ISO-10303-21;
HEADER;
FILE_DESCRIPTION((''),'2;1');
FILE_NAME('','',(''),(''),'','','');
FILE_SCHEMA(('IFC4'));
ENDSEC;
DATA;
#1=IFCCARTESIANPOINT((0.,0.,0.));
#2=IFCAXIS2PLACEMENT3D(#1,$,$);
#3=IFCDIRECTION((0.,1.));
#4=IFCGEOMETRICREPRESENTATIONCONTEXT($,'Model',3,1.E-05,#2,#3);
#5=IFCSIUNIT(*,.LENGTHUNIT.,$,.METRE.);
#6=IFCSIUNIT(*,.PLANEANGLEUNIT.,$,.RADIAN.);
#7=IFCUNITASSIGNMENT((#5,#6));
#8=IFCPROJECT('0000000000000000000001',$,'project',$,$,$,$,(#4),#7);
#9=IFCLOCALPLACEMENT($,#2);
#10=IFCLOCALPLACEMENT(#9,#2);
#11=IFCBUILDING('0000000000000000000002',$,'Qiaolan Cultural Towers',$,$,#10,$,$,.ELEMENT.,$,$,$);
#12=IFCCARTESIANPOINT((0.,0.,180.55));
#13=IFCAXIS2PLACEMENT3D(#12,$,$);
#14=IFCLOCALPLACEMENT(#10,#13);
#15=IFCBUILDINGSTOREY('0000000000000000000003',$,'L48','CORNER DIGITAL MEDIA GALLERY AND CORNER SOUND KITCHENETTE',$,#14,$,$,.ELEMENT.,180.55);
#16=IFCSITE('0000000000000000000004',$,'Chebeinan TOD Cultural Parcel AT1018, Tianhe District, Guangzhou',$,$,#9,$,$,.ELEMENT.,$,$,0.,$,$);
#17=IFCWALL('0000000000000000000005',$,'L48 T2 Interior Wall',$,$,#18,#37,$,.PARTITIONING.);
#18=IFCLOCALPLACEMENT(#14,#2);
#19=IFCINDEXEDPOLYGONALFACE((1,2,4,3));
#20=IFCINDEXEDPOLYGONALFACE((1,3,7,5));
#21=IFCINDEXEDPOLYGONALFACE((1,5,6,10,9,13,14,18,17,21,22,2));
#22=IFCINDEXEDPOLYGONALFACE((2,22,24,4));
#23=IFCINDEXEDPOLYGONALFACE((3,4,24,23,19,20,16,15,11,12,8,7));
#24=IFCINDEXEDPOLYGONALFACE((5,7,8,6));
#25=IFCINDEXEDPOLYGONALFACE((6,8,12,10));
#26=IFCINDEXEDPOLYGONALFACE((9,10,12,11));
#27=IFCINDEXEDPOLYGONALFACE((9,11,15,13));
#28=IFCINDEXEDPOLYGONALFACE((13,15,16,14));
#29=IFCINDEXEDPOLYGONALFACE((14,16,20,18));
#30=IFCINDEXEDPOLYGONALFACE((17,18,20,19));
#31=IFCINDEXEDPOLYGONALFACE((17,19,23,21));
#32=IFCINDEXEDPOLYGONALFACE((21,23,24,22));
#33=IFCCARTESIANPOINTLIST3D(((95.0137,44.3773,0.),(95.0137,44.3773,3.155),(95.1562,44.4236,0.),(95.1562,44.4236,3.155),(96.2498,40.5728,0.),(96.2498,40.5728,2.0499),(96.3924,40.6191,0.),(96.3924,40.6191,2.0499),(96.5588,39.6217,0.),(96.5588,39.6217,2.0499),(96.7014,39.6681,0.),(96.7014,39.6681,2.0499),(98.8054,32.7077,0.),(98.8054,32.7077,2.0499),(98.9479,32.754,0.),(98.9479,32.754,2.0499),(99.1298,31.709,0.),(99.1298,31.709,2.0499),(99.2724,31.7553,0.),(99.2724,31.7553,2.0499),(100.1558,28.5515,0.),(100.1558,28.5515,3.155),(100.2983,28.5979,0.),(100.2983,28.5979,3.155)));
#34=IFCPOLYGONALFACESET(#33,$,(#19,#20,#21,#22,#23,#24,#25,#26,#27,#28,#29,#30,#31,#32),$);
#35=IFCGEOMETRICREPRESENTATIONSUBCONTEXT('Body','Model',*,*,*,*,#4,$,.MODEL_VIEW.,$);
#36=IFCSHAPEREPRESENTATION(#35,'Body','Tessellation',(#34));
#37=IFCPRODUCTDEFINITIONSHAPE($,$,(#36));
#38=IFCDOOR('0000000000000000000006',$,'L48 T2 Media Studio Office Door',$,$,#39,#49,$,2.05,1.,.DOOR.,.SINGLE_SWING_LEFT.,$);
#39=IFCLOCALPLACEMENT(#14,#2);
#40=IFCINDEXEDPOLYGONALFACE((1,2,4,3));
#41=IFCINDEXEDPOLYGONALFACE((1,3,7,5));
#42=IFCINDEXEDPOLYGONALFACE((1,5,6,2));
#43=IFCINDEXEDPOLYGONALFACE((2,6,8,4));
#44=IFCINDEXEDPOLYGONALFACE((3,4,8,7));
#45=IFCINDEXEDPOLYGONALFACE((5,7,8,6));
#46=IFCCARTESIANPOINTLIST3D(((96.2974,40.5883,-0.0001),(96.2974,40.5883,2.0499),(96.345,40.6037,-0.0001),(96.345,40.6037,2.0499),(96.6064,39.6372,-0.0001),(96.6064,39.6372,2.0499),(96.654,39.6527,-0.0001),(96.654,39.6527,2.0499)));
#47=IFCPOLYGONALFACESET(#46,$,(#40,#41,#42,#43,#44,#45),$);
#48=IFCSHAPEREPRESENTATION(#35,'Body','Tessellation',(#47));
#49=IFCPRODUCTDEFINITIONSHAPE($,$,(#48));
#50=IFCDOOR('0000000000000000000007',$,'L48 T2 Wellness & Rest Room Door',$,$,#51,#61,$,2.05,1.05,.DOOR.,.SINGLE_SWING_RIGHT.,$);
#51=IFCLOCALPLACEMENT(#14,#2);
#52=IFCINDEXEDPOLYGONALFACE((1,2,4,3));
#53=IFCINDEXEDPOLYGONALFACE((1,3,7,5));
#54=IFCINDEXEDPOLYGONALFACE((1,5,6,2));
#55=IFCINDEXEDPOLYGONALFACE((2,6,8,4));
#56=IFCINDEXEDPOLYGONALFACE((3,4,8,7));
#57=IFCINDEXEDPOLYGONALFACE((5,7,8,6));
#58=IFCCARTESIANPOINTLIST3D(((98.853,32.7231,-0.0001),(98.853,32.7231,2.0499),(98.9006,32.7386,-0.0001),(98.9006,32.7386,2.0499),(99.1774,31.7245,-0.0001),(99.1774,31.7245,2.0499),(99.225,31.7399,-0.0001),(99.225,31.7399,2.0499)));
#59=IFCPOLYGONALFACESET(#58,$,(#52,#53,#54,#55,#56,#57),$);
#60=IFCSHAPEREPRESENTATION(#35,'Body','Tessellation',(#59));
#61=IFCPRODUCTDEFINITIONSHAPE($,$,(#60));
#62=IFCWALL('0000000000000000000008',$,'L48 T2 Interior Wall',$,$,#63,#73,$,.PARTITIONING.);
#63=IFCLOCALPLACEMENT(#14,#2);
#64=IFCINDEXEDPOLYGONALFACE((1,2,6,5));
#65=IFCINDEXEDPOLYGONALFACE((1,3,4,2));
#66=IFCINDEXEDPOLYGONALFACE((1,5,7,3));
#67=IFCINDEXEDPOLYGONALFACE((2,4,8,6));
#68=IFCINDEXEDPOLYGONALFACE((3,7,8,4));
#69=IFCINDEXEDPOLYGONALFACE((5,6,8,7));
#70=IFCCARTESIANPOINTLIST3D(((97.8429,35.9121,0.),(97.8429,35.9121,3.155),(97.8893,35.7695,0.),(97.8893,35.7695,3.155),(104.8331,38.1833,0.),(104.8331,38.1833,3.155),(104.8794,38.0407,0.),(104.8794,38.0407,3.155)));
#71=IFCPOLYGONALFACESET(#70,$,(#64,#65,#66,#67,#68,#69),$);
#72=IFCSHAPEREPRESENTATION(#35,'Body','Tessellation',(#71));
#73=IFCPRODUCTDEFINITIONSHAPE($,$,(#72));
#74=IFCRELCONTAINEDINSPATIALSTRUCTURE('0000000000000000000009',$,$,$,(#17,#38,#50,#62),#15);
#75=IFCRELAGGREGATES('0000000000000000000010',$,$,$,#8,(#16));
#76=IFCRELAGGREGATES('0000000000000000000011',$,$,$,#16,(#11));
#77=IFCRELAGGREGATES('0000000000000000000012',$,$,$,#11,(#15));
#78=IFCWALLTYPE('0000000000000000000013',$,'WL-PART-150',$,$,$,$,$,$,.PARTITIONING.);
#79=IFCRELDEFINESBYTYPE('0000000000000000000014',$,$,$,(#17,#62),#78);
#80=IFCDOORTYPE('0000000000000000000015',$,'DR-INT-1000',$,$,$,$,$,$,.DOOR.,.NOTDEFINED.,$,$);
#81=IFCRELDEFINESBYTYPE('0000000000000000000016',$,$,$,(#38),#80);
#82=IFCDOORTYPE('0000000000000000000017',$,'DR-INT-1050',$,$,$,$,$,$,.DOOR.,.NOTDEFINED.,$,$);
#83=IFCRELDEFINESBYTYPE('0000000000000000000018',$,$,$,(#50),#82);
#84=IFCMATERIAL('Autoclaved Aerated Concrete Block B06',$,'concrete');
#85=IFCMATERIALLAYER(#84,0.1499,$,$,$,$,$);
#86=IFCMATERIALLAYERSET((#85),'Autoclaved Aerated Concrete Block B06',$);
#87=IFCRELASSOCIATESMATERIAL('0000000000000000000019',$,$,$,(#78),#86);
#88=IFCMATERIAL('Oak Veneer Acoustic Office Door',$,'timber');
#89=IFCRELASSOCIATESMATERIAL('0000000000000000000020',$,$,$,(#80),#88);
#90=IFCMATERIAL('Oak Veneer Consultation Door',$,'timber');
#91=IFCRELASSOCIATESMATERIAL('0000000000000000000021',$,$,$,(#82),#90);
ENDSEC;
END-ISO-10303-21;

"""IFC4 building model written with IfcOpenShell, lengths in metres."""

from ifc_helpers import new_model, si_unit, direction, frame, frame_2d, origin, place, context, subcontext, project, spatial, rectangle, extrude, material, layer, layer_set, type_object, element, fill, save


model = new_model("IFC4")

# Units and contexts
model_context = context("Model", 3, precision=1e-05, world=origin(), true_north=direction((0.0, 1.0)))
body_context = subcontext(model_context, "Body", "Model", "MODEL_VIEW")
ifc_project = project(units=[si_unit("LENGTHUNIT", "METRE"), si_unit("PLANEANGLEUNIT", "RADIAN")], contexts=[model_context])

# Site, building, storey
site_placement = place(None, origin())
site = spatial("IfcSite", under=ifc_project, at=site_placement, Name="Chebeinan TOD Cultural Parcel AT1018, Tianhe District, Guangzhou", CompositionType="ELEMENT", RefElevation=0.0)
building_placement = place(site_placement, origin())
building = spatial("IfcBuilding", under=site, at=building_placement, Name="Qiaolan Cultural Towers", CompositionType="ELEMENT")
storey_placement = place(building_placement, frame((0.0, 0.0, 180.55)))
storey = spatial("IfcBuildingStorey", under=building, at=storey_placement, Name="L48", Description="CORNER DIGITAL MEDIA GALLERY AND CORNER SOUND KITCHENETTE", CompositionType="ELEMENT", Elevation=180.55)

# Shared definitions
ifc_material_1 = material(Name="Autoclaved Aerated Concrete Block B06", Category="concrete")
ifc_layer_1 = layer(ifc_material_1, 0.1499)
ifc_layer_set_1 = layer_set([ifc_layer_1], Name="Autoclaved Aerated Concrete Block B06")
wall_type_1 = type_object("IfcWallType", Name="WL-PART-150", PredefinedType="PARTITIONING", material=ifc_layer_set_1)
ifc_material_2 = material(Name="Oak Veneer Acoustic Office Door", Category="timber")
door_type_1 = type_object("IfcDoorType", Name="DR-INT-1000", OperationType="NOTDEFINED", PredefinedType="DOOR", material=ifc_material_2)

# Wall, openings, doors
wall_1_placement = place(storey_placement, frame((100.2271, 28.5747, 0.0), z_axis=(0.0, 0.0, 1.0), x_axis=(-0.309018, 0.951056, 0.0)))
wall_1 = element("IfcWall", 1, at=wall_1_placement, inside=storey, type_object=wall_type_1, Name="L48 T2 Interior Wall", PredefinedType="PARTITIONING", context=body_context, shape_type="SweptSolid", body=[
    extrude(rectangle(XDim=16.6401, YDim=0.1499, at=frame_2d((8.3201, 0.0))), origin(), (0.0, 0.0, 1.0), 3.155),
])
opening_1_placement = place(wall_1_placement, frame((3.3201, 0.0, 0.0)))
opening_1 = element("IfcOpeningElement", 2, at=opening_1_placement, cuts=wall_1, PredefinedType="OPENING", context=body_context, shape_type="SweptSolid", body=[
    extrude(rectangle(XDim=1.05, YDim=2.05, at=frame_2d((0.5249, 1.0249))), frame((0.0, 0.085, 0.0), z_axis=(0.0, -1.0, 0.0), x_axis=(1.0, 0.0, 0.0)), (0.0, 0.0, 1.0), 0.1699),
])
opening_2_placement = place(wall_1_placement, frame((11.6399, 0.0, 0.0)))
opening_2 = element("IfcOpeningElement", 3, at=opening_2_placement, cuts=wall_1, PredefinedType="OPENING", context=body_context, shape_type="SweptSolid", body=[
    extrude(rectangle(XDim=1.0, YDim=2.05, at=frame_2d((0.5, 1.0249))), frame((0.0, 0.085, 0.0), z_axis=(0.0, -1.0, 0.0), x_axis=(1.0, 0.0, 0.0)), (0.0, 0.0, 1.0), 0.1699),
])
door_1_placement = place(opening_2_placement, origin())
door_1 = element("IfcDoor", 4, at=door_1_placement, inside=storey, type_object=door_type_1, Name="L48 T2 Media Studio Office Door", OperationType="SINGLE_SWING_LEFT", OverallHeight=2.05, OverallWidth=1.0, PredefinedType="DOOR", context=body_context, shape_type="SweptSolid", body=[
    extrude(rectangle(XDim=1.0, YDim=2.05, at=frame_2d((0.5, 1.0249))), frame((0.0, 0.0249, 0.0), z_axis=(0.0, -1.0, 0.0), x_axis=(1.0, 0.0, 0.0)), (0.0, 0.0, 1.0), 0.05),
])
fill(opening_2, door_1)
ifc_material_3 = material(Name="Oak Veneer Consultation Door", Category="timber")
door_type_2 = type_object("IfcDoorType", Name="DR-INT-1050", OperationType="NOTDEFINED", PredefinedType="DOOR", material=ifc_material_3)
door_2_placement = place(opening_1_placement, origin())
door_2 = element("IfcDoor", 5, at=door_2_placement, inside=storey, type_object=door_type_2, Name="L48 T2 Wellness & Rest Room Door", OperationType="SINGLE_SWING_RIGHT", OverallHeight=2.05, OverallWidth=1.05, PredefinedType="DOOR", context=body_context, shape_type="SweptSolid", body=[
    extrude(rectangle(XDim=1.05, YDim=2.05, at=frame_2d((0.5249, 1.0249))), frame((0.0, 0.0249, 0.0), z_axis=(0.0, -1.0, 0.0), x_axis=(1.0, 0.0, 0.0)), (0.0, 0.0, 1.0), 0.05),
])
fill(opening_1, door_2)

# Wall
wall_2_placement = place(storey_placement, frame((97.8662, 35.8408, 0.0), z_axis=(0.0, 0.0, 1.0), x_axis=(0.951057, 0.309014, 0.0)))
element("IfcWall", 6, at=wall_2_placement, inside=storey, type_object=wall_type_1, Name="L48 T2 Interior Wall", PredefinedType="PARTITIONING", context=body_context, shape_type="SweptSolid", body=[
    extrude(rectangle(XDim=7.3499, YDim=0.1499, at=frame_2d((3.6748, 0.0))), origin(), (0.0, 0.0, 1.0), 3.155),
])

save(model, "model.ifc")
